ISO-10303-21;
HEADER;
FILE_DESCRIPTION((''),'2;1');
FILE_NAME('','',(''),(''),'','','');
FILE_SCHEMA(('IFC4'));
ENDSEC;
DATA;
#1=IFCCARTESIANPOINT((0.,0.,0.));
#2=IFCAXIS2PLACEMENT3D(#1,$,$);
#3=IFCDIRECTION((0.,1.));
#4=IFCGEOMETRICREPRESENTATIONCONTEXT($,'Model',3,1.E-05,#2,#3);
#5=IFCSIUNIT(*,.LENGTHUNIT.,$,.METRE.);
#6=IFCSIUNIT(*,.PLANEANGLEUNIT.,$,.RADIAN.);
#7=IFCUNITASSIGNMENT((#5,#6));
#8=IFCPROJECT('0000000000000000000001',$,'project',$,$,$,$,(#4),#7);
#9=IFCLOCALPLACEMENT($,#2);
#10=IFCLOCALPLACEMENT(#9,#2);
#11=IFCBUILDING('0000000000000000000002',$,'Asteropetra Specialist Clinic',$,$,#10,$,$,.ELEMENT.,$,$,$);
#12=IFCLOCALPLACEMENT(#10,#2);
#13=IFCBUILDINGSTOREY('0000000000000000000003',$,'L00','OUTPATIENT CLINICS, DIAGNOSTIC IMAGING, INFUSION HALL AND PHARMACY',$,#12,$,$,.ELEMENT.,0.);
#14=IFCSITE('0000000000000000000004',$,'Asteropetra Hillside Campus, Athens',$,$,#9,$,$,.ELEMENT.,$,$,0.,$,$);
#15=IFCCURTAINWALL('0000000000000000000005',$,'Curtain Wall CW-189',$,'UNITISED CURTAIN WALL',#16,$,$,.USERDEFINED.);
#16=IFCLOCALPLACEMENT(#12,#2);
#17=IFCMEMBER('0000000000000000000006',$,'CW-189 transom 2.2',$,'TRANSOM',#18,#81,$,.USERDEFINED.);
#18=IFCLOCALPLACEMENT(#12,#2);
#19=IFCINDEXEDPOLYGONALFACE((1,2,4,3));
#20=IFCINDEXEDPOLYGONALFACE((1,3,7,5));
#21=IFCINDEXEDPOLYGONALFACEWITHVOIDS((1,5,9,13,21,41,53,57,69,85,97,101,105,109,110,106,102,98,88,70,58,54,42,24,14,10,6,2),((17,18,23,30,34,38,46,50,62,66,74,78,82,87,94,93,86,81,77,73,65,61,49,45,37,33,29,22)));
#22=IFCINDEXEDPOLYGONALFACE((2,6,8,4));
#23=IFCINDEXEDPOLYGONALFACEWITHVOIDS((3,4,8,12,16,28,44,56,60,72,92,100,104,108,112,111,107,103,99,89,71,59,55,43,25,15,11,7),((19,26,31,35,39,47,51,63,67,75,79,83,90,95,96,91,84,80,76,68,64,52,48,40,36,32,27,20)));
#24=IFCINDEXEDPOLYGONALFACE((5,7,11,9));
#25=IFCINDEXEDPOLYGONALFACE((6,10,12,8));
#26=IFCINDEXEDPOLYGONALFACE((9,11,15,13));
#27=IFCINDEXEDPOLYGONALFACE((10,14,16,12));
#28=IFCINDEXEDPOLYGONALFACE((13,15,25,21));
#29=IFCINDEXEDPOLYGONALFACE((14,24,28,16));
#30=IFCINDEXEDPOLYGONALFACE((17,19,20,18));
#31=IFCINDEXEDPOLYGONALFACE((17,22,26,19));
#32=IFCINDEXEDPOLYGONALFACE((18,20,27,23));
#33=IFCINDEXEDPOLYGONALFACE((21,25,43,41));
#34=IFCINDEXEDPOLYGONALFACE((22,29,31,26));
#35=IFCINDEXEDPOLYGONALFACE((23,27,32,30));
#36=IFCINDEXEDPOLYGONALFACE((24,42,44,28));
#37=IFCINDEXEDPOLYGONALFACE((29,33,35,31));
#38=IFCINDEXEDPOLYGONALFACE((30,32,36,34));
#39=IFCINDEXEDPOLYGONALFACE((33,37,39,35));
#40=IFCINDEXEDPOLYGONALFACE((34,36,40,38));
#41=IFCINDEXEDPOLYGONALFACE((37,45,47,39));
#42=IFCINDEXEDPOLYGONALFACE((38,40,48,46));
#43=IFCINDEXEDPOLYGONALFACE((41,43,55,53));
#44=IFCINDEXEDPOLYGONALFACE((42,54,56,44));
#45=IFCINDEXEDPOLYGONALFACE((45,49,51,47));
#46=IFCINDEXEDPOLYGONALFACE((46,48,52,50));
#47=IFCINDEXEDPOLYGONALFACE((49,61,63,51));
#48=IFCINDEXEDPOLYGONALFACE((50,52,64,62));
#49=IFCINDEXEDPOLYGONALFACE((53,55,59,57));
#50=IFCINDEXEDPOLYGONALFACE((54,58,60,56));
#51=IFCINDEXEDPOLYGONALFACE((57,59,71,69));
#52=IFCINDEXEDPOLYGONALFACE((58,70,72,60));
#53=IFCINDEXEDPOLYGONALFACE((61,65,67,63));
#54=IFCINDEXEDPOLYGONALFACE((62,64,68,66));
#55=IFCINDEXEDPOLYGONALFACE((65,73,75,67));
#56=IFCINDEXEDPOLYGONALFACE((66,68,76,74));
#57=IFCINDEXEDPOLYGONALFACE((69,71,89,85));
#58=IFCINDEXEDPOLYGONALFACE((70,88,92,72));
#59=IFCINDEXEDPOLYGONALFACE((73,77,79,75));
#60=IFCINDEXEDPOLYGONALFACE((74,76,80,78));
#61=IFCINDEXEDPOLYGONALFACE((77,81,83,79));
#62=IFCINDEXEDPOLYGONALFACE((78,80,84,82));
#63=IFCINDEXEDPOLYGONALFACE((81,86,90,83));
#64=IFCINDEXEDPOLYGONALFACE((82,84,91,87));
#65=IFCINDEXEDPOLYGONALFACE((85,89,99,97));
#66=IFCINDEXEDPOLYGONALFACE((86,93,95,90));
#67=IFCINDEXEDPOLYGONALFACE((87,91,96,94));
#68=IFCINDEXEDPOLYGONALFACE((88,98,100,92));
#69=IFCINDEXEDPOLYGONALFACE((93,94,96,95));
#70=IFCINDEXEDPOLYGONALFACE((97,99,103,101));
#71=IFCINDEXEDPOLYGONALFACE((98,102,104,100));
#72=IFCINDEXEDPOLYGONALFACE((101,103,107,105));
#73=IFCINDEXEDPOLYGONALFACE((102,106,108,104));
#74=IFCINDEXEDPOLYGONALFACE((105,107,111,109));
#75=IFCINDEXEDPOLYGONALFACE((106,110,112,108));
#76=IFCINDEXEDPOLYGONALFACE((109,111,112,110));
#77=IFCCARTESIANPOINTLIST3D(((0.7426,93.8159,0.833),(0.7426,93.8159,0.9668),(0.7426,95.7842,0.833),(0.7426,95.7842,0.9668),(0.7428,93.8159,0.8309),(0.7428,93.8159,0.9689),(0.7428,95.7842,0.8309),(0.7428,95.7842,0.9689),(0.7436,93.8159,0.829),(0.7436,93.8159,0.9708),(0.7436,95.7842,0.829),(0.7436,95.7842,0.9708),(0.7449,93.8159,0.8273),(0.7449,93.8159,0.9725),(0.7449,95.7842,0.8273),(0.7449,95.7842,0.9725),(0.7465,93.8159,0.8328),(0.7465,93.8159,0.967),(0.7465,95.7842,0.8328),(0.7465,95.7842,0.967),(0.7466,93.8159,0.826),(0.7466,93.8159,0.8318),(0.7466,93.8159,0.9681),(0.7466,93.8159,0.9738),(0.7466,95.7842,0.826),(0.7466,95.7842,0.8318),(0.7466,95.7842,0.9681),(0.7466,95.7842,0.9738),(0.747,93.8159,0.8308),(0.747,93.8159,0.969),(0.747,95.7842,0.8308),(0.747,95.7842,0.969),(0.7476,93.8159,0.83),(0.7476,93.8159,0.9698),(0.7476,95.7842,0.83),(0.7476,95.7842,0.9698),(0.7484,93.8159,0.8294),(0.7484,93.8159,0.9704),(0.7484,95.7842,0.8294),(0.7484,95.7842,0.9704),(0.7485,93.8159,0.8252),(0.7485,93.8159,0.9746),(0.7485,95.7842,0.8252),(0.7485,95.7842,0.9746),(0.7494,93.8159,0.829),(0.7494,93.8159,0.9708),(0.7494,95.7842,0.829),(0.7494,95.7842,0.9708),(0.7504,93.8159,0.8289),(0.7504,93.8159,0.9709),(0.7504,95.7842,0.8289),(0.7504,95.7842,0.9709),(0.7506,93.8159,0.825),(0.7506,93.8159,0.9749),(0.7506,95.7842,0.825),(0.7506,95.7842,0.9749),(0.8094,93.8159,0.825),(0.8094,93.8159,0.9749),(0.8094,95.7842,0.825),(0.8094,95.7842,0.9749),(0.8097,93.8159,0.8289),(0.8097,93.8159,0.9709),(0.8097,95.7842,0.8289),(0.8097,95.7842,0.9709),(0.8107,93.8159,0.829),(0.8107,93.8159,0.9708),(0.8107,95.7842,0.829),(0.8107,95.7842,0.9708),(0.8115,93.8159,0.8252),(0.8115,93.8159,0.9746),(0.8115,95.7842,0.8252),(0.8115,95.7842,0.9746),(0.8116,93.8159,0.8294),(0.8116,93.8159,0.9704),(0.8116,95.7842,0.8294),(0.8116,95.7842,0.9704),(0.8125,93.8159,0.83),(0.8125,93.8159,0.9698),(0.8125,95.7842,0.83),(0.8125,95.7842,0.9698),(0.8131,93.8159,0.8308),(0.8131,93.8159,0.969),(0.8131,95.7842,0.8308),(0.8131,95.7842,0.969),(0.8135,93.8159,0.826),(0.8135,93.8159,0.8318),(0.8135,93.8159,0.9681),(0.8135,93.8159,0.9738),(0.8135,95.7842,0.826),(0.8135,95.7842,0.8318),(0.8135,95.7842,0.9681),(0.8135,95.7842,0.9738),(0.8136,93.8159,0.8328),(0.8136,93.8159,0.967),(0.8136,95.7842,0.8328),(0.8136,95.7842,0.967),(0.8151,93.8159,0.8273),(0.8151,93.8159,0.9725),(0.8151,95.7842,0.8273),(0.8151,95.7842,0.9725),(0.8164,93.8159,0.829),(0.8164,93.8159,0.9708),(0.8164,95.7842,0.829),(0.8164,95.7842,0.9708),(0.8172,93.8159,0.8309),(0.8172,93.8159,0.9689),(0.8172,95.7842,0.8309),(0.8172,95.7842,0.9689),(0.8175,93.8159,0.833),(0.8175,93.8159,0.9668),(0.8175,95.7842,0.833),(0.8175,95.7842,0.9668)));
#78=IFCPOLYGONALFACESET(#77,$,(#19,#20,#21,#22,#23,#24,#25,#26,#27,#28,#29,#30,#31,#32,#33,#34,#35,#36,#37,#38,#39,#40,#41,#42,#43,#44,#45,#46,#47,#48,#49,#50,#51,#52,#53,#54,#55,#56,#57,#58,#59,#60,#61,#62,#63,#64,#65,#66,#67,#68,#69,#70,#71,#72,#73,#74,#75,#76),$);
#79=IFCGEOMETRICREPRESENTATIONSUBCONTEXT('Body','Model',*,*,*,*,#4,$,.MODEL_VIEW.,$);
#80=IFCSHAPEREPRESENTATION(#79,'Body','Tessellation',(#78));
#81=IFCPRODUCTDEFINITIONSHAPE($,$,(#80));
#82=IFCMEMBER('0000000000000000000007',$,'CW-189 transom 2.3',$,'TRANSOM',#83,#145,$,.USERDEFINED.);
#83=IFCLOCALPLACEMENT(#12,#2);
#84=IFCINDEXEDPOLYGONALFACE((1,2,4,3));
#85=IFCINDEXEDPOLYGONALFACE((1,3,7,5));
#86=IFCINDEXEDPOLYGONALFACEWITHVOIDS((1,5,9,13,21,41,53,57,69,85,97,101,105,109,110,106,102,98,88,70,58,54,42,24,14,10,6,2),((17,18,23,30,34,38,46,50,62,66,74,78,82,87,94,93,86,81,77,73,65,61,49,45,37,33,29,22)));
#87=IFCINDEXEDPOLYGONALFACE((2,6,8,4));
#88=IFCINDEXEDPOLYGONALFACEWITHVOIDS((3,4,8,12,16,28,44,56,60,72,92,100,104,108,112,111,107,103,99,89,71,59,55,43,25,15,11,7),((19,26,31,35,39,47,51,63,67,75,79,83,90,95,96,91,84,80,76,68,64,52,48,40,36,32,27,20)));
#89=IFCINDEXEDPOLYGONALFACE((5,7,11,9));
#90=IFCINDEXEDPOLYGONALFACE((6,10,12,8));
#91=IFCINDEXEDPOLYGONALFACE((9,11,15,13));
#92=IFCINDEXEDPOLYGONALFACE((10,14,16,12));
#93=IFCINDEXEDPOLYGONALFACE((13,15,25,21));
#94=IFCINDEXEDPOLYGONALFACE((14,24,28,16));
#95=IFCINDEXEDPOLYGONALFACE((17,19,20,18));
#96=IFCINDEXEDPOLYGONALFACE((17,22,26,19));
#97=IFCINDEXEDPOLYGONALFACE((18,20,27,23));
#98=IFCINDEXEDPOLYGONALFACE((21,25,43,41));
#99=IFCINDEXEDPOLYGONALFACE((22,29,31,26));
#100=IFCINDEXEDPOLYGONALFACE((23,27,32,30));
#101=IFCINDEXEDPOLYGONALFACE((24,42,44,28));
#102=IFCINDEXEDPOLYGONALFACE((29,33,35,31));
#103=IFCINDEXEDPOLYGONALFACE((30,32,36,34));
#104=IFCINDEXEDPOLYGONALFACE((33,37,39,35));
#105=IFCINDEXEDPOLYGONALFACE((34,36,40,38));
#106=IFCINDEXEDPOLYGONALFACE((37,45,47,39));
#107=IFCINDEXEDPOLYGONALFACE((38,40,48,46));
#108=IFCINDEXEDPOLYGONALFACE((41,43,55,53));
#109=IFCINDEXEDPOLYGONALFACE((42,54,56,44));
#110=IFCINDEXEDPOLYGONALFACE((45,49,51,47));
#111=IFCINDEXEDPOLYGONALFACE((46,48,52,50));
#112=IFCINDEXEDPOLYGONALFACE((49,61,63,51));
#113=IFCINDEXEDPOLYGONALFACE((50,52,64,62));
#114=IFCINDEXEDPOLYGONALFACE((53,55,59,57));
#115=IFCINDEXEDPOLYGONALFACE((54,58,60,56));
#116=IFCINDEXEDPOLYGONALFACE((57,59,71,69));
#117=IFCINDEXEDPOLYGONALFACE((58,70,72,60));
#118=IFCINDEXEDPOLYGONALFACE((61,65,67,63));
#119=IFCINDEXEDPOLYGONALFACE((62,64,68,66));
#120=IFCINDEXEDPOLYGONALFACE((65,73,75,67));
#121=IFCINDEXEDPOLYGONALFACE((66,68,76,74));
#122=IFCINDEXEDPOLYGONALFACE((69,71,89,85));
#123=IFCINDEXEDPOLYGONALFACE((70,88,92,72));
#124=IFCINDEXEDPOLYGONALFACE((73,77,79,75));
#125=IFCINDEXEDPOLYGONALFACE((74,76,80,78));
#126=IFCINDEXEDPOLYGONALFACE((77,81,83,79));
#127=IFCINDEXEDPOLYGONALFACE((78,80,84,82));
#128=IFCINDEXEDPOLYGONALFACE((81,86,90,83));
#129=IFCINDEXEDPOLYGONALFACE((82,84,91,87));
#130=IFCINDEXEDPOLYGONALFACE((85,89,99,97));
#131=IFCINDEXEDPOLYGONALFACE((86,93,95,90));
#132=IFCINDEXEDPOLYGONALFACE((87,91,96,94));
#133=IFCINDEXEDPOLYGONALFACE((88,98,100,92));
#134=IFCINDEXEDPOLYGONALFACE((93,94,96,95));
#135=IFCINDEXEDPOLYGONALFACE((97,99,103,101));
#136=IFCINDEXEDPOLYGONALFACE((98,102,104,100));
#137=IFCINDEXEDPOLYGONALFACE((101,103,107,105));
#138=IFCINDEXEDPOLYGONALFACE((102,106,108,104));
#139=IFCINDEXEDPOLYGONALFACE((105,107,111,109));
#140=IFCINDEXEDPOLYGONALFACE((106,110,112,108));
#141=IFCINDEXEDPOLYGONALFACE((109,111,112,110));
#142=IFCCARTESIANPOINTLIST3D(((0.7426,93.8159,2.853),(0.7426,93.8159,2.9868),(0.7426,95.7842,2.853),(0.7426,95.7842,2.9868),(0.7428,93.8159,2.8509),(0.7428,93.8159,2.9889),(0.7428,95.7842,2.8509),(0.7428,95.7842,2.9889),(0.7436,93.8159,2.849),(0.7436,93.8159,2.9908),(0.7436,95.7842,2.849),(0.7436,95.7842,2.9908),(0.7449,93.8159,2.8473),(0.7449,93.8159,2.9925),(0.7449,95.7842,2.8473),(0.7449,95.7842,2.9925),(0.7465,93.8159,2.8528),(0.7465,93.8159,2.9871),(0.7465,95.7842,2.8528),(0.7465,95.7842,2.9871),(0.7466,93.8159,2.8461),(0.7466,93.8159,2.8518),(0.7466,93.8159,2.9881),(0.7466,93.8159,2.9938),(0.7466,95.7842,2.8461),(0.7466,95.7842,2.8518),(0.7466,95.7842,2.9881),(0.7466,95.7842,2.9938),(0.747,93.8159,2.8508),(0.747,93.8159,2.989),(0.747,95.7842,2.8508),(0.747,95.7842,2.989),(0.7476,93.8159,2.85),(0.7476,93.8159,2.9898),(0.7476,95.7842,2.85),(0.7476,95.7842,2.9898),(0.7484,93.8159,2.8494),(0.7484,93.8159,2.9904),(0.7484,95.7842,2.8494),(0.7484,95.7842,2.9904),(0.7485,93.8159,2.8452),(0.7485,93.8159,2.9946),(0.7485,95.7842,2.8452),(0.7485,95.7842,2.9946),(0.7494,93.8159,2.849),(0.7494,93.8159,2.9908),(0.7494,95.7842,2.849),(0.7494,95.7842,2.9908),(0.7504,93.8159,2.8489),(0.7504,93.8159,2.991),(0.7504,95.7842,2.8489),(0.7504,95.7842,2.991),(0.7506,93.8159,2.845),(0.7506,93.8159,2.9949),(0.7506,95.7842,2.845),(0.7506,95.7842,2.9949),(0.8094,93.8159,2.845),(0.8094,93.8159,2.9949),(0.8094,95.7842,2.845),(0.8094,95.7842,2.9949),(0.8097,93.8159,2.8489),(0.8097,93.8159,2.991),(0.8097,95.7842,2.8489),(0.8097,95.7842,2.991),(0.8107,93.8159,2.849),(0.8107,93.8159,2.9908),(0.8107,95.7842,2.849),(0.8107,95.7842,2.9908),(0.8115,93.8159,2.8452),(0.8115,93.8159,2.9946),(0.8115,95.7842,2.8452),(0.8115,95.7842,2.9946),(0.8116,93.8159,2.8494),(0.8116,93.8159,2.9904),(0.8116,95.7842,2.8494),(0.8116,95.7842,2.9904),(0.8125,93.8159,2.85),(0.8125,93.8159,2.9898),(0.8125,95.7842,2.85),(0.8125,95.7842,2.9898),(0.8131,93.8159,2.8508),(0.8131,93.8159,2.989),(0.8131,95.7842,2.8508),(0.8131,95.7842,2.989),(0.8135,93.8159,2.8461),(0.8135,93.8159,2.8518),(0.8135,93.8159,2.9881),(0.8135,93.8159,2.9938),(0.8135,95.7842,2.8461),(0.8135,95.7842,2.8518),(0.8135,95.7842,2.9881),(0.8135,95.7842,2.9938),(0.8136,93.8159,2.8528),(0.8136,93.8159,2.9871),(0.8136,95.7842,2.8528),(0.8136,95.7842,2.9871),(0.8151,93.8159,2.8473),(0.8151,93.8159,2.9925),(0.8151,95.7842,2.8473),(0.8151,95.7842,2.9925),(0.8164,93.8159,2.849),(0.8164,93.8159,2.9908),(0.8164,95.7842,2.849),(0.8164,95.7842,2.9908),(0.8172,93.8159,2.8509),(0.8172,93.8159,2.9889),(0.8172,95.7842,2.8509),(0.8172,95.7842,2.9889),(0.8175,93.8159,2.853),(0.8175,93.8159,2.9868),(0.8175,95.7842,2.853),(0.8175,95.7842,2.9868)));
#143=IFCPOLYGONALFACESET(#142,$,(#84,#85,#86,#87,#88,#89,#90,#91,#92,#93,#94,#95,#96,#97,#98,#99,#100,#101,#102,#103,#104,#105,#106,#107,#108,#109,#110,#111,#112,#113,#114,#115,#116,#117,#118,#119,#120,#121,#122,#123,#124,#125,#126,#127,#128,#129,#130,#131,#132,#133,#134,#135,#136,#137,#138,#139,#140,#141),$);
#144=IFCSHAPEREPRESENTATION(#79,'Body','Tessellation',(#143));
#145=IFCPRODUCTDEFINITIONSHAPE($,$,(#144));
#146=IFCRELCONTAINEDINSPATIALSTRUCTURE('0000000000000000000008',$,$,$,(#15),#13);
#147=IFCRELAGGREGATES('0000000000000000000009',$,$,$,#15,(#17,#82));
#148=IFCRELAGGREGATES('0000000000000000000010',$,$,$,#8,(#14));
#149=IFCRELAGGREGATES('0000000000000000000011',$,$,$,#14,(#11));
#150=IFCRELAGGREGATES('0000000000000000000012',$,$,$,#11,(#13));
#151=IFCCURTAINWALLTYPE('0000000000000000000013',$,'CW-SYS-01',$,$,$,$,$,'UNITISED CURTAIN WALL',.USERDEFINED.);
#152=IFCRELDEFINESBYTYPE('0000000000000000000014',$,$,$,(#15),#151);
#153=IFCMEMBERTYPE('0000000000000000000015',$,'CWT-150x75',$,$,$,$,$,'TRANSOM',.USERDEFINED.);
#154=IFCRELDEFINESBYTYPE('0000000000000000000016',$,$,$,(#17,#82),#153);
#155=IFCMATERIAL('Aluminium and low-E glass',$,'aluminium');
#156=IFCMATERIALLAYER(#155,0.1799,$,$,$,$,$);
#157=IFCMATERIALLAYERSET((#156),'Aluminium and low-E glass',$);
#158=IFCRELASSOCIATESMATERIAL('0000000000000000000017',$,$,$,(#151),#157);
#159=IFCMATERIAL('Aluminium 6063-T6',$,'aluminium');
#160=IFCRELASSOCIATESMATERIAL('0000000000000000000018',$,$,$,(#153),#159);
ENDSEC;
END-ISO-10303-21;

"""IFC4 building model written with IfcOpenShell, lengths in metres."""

from ifc_helpers import new_model, si_unit, direction, frame, origin, origin_2d, place, context, subcontext, project, spatial, hollow_rectangle, extrude, material, layer, layer_set, material_profile, profile_set, type_object, element, aggregate, save


model = new_model("IFC4")

# Units and contexts
model_context = context("Model", 3, precision=1e-05, world=origin(), true_north=direction((0.0, 1.0)))
body_context = subcontext(model_context, "Body", "Model", "MODEL_VIEW")
ifc_project = project(units=[si_unit("LENGTHUNIT", "METRE"), si_unit("PLANEANGLEUNIT", "RADIAN")], contexts=[model_context])

# Site, building, storey
site_placement = place(None, origin())
site = spatial("IfcSite", under=ifc_project, at=site_placement, Name="Asteropetra Hillside Campus, Athens", CompositionType="ELEMENT", RefElevation=0.0)
building_placement = place(site_placement, origin())
building = spatial("IfcBuilding", under=site, at=building_placement, Name="Asteropetra Specialist Clinic", CompositionType="ELEMENT")
storey_placement = place(building_placement, origin())
storey = spatial("IfcBuildingStorey", under=building, at=storey_placement, Name="L00", Description="OUTPATIENT CLINICS, DIAGNOSTIC IMAGING, INFUSION HALL AND PHARMACY", CompositionType="ELEMENT", Elevation=0.0)

# Curtain wall, members
ifc_material_1 = material(Name="Aluminium and low-E glass", Category="aluminium")
ifc_layer_1 = layer(ifc_material_1, 0.1799)
ifc_layer_set_1 = layer_set([ifc_layer_1], Name="Aluminium and low-E glass")
curtain_wall_type = type_object("IfcCurtainWallType", Name="CW-SYS-01", ElementType="UNITISED CURTAIN WALL", PredefinedType="USERDEFINED", material=ifc_layer_set_1)
curtain_wall_placement = place(storey_placement, origin())
curtain_wall = element("IfcCurtainWall", 1, at=curtain_wall_placement, inside=storey, type_object=curtain_wall_type, Name="Curtain Wall CW-189", ObjectType="UNITISED CURTAIN WALL", PredefinedType="USERDEFINED")
ifc_material_2 = material(Name="Aluminium 6063-T6", Category="aluminium")
ifc_material_profile_1 = material_profile(ifc_material_2, hollow_rectangle(XDim=0.075, YDim=0.1499, WallThickness=0.0039, InnerFilletRadius=0.0039, OuterFilletRadius=0.0081, at=origin_2d()), Name="TRN 150x75x4.0")
ifc_profile_set_1 = profile_set([ifc_material_profile_1], Name="Aluminium 6063-T6")
member_type_1 = type_object("IfcMemberType", Name="CWT-150x75", ElementType="TRANSOM", PredefinedType="USERDEFINED", material=ifc_profile_set_1)
member_1_placement = place(storey_placement, frame((0.78, 95.7842, 0.8999), z_axis=(0.0, -1.0, 0.0), x_axis=(1.0, 0.0, 0.0)))
member_1 = element("IfcMember", 2, at=member_1_placement, type_object=member_type_1, Name="CW-189 transom 2.2", ObjectType="TRANSOM", PredefinedType="USERDEFINED", context=body_context, shape_type="SweptSolid", body=[
    extrude(hollow_rectangle(XDim=0.075, YDim=0.1499, WallThickness=0.0039, InnerFilletRadius=0.0039, OuterFilletRadius=0.0081, at=origin_2d()), origin(), (0.0, 0.0, 1.0), 1.9683),
])
member_2_placement = place(storey_placement, frame((0.78, 95.7842, 2.9199), z_axis=(0.0, -1.0, 0.0), x_axis=(1.0, 0.0, 0.0)))
member_2 = element("IfcMember", 3, at=member_2_placement, type_object=member_type_1, Name="CW-189 transom 2.3", ObjectType="TRANSOM", PredefinedType="USERDEFINED", context=body_context, shape_type="SweptSolid", body=[
    extrude(hollow_rectangle(XDim=0.075, YDim=0.1499, WallThickness=0.0039, InnerFilletRadius=0.0039, OuterFilletRadius=0.0081, at=origin_2d()), origin(), (0.0, 0.0, 1.0), 1.9683),
])
aggregate(curtain_wall, [member_1, member_2])

save(model, "model.ifc")
